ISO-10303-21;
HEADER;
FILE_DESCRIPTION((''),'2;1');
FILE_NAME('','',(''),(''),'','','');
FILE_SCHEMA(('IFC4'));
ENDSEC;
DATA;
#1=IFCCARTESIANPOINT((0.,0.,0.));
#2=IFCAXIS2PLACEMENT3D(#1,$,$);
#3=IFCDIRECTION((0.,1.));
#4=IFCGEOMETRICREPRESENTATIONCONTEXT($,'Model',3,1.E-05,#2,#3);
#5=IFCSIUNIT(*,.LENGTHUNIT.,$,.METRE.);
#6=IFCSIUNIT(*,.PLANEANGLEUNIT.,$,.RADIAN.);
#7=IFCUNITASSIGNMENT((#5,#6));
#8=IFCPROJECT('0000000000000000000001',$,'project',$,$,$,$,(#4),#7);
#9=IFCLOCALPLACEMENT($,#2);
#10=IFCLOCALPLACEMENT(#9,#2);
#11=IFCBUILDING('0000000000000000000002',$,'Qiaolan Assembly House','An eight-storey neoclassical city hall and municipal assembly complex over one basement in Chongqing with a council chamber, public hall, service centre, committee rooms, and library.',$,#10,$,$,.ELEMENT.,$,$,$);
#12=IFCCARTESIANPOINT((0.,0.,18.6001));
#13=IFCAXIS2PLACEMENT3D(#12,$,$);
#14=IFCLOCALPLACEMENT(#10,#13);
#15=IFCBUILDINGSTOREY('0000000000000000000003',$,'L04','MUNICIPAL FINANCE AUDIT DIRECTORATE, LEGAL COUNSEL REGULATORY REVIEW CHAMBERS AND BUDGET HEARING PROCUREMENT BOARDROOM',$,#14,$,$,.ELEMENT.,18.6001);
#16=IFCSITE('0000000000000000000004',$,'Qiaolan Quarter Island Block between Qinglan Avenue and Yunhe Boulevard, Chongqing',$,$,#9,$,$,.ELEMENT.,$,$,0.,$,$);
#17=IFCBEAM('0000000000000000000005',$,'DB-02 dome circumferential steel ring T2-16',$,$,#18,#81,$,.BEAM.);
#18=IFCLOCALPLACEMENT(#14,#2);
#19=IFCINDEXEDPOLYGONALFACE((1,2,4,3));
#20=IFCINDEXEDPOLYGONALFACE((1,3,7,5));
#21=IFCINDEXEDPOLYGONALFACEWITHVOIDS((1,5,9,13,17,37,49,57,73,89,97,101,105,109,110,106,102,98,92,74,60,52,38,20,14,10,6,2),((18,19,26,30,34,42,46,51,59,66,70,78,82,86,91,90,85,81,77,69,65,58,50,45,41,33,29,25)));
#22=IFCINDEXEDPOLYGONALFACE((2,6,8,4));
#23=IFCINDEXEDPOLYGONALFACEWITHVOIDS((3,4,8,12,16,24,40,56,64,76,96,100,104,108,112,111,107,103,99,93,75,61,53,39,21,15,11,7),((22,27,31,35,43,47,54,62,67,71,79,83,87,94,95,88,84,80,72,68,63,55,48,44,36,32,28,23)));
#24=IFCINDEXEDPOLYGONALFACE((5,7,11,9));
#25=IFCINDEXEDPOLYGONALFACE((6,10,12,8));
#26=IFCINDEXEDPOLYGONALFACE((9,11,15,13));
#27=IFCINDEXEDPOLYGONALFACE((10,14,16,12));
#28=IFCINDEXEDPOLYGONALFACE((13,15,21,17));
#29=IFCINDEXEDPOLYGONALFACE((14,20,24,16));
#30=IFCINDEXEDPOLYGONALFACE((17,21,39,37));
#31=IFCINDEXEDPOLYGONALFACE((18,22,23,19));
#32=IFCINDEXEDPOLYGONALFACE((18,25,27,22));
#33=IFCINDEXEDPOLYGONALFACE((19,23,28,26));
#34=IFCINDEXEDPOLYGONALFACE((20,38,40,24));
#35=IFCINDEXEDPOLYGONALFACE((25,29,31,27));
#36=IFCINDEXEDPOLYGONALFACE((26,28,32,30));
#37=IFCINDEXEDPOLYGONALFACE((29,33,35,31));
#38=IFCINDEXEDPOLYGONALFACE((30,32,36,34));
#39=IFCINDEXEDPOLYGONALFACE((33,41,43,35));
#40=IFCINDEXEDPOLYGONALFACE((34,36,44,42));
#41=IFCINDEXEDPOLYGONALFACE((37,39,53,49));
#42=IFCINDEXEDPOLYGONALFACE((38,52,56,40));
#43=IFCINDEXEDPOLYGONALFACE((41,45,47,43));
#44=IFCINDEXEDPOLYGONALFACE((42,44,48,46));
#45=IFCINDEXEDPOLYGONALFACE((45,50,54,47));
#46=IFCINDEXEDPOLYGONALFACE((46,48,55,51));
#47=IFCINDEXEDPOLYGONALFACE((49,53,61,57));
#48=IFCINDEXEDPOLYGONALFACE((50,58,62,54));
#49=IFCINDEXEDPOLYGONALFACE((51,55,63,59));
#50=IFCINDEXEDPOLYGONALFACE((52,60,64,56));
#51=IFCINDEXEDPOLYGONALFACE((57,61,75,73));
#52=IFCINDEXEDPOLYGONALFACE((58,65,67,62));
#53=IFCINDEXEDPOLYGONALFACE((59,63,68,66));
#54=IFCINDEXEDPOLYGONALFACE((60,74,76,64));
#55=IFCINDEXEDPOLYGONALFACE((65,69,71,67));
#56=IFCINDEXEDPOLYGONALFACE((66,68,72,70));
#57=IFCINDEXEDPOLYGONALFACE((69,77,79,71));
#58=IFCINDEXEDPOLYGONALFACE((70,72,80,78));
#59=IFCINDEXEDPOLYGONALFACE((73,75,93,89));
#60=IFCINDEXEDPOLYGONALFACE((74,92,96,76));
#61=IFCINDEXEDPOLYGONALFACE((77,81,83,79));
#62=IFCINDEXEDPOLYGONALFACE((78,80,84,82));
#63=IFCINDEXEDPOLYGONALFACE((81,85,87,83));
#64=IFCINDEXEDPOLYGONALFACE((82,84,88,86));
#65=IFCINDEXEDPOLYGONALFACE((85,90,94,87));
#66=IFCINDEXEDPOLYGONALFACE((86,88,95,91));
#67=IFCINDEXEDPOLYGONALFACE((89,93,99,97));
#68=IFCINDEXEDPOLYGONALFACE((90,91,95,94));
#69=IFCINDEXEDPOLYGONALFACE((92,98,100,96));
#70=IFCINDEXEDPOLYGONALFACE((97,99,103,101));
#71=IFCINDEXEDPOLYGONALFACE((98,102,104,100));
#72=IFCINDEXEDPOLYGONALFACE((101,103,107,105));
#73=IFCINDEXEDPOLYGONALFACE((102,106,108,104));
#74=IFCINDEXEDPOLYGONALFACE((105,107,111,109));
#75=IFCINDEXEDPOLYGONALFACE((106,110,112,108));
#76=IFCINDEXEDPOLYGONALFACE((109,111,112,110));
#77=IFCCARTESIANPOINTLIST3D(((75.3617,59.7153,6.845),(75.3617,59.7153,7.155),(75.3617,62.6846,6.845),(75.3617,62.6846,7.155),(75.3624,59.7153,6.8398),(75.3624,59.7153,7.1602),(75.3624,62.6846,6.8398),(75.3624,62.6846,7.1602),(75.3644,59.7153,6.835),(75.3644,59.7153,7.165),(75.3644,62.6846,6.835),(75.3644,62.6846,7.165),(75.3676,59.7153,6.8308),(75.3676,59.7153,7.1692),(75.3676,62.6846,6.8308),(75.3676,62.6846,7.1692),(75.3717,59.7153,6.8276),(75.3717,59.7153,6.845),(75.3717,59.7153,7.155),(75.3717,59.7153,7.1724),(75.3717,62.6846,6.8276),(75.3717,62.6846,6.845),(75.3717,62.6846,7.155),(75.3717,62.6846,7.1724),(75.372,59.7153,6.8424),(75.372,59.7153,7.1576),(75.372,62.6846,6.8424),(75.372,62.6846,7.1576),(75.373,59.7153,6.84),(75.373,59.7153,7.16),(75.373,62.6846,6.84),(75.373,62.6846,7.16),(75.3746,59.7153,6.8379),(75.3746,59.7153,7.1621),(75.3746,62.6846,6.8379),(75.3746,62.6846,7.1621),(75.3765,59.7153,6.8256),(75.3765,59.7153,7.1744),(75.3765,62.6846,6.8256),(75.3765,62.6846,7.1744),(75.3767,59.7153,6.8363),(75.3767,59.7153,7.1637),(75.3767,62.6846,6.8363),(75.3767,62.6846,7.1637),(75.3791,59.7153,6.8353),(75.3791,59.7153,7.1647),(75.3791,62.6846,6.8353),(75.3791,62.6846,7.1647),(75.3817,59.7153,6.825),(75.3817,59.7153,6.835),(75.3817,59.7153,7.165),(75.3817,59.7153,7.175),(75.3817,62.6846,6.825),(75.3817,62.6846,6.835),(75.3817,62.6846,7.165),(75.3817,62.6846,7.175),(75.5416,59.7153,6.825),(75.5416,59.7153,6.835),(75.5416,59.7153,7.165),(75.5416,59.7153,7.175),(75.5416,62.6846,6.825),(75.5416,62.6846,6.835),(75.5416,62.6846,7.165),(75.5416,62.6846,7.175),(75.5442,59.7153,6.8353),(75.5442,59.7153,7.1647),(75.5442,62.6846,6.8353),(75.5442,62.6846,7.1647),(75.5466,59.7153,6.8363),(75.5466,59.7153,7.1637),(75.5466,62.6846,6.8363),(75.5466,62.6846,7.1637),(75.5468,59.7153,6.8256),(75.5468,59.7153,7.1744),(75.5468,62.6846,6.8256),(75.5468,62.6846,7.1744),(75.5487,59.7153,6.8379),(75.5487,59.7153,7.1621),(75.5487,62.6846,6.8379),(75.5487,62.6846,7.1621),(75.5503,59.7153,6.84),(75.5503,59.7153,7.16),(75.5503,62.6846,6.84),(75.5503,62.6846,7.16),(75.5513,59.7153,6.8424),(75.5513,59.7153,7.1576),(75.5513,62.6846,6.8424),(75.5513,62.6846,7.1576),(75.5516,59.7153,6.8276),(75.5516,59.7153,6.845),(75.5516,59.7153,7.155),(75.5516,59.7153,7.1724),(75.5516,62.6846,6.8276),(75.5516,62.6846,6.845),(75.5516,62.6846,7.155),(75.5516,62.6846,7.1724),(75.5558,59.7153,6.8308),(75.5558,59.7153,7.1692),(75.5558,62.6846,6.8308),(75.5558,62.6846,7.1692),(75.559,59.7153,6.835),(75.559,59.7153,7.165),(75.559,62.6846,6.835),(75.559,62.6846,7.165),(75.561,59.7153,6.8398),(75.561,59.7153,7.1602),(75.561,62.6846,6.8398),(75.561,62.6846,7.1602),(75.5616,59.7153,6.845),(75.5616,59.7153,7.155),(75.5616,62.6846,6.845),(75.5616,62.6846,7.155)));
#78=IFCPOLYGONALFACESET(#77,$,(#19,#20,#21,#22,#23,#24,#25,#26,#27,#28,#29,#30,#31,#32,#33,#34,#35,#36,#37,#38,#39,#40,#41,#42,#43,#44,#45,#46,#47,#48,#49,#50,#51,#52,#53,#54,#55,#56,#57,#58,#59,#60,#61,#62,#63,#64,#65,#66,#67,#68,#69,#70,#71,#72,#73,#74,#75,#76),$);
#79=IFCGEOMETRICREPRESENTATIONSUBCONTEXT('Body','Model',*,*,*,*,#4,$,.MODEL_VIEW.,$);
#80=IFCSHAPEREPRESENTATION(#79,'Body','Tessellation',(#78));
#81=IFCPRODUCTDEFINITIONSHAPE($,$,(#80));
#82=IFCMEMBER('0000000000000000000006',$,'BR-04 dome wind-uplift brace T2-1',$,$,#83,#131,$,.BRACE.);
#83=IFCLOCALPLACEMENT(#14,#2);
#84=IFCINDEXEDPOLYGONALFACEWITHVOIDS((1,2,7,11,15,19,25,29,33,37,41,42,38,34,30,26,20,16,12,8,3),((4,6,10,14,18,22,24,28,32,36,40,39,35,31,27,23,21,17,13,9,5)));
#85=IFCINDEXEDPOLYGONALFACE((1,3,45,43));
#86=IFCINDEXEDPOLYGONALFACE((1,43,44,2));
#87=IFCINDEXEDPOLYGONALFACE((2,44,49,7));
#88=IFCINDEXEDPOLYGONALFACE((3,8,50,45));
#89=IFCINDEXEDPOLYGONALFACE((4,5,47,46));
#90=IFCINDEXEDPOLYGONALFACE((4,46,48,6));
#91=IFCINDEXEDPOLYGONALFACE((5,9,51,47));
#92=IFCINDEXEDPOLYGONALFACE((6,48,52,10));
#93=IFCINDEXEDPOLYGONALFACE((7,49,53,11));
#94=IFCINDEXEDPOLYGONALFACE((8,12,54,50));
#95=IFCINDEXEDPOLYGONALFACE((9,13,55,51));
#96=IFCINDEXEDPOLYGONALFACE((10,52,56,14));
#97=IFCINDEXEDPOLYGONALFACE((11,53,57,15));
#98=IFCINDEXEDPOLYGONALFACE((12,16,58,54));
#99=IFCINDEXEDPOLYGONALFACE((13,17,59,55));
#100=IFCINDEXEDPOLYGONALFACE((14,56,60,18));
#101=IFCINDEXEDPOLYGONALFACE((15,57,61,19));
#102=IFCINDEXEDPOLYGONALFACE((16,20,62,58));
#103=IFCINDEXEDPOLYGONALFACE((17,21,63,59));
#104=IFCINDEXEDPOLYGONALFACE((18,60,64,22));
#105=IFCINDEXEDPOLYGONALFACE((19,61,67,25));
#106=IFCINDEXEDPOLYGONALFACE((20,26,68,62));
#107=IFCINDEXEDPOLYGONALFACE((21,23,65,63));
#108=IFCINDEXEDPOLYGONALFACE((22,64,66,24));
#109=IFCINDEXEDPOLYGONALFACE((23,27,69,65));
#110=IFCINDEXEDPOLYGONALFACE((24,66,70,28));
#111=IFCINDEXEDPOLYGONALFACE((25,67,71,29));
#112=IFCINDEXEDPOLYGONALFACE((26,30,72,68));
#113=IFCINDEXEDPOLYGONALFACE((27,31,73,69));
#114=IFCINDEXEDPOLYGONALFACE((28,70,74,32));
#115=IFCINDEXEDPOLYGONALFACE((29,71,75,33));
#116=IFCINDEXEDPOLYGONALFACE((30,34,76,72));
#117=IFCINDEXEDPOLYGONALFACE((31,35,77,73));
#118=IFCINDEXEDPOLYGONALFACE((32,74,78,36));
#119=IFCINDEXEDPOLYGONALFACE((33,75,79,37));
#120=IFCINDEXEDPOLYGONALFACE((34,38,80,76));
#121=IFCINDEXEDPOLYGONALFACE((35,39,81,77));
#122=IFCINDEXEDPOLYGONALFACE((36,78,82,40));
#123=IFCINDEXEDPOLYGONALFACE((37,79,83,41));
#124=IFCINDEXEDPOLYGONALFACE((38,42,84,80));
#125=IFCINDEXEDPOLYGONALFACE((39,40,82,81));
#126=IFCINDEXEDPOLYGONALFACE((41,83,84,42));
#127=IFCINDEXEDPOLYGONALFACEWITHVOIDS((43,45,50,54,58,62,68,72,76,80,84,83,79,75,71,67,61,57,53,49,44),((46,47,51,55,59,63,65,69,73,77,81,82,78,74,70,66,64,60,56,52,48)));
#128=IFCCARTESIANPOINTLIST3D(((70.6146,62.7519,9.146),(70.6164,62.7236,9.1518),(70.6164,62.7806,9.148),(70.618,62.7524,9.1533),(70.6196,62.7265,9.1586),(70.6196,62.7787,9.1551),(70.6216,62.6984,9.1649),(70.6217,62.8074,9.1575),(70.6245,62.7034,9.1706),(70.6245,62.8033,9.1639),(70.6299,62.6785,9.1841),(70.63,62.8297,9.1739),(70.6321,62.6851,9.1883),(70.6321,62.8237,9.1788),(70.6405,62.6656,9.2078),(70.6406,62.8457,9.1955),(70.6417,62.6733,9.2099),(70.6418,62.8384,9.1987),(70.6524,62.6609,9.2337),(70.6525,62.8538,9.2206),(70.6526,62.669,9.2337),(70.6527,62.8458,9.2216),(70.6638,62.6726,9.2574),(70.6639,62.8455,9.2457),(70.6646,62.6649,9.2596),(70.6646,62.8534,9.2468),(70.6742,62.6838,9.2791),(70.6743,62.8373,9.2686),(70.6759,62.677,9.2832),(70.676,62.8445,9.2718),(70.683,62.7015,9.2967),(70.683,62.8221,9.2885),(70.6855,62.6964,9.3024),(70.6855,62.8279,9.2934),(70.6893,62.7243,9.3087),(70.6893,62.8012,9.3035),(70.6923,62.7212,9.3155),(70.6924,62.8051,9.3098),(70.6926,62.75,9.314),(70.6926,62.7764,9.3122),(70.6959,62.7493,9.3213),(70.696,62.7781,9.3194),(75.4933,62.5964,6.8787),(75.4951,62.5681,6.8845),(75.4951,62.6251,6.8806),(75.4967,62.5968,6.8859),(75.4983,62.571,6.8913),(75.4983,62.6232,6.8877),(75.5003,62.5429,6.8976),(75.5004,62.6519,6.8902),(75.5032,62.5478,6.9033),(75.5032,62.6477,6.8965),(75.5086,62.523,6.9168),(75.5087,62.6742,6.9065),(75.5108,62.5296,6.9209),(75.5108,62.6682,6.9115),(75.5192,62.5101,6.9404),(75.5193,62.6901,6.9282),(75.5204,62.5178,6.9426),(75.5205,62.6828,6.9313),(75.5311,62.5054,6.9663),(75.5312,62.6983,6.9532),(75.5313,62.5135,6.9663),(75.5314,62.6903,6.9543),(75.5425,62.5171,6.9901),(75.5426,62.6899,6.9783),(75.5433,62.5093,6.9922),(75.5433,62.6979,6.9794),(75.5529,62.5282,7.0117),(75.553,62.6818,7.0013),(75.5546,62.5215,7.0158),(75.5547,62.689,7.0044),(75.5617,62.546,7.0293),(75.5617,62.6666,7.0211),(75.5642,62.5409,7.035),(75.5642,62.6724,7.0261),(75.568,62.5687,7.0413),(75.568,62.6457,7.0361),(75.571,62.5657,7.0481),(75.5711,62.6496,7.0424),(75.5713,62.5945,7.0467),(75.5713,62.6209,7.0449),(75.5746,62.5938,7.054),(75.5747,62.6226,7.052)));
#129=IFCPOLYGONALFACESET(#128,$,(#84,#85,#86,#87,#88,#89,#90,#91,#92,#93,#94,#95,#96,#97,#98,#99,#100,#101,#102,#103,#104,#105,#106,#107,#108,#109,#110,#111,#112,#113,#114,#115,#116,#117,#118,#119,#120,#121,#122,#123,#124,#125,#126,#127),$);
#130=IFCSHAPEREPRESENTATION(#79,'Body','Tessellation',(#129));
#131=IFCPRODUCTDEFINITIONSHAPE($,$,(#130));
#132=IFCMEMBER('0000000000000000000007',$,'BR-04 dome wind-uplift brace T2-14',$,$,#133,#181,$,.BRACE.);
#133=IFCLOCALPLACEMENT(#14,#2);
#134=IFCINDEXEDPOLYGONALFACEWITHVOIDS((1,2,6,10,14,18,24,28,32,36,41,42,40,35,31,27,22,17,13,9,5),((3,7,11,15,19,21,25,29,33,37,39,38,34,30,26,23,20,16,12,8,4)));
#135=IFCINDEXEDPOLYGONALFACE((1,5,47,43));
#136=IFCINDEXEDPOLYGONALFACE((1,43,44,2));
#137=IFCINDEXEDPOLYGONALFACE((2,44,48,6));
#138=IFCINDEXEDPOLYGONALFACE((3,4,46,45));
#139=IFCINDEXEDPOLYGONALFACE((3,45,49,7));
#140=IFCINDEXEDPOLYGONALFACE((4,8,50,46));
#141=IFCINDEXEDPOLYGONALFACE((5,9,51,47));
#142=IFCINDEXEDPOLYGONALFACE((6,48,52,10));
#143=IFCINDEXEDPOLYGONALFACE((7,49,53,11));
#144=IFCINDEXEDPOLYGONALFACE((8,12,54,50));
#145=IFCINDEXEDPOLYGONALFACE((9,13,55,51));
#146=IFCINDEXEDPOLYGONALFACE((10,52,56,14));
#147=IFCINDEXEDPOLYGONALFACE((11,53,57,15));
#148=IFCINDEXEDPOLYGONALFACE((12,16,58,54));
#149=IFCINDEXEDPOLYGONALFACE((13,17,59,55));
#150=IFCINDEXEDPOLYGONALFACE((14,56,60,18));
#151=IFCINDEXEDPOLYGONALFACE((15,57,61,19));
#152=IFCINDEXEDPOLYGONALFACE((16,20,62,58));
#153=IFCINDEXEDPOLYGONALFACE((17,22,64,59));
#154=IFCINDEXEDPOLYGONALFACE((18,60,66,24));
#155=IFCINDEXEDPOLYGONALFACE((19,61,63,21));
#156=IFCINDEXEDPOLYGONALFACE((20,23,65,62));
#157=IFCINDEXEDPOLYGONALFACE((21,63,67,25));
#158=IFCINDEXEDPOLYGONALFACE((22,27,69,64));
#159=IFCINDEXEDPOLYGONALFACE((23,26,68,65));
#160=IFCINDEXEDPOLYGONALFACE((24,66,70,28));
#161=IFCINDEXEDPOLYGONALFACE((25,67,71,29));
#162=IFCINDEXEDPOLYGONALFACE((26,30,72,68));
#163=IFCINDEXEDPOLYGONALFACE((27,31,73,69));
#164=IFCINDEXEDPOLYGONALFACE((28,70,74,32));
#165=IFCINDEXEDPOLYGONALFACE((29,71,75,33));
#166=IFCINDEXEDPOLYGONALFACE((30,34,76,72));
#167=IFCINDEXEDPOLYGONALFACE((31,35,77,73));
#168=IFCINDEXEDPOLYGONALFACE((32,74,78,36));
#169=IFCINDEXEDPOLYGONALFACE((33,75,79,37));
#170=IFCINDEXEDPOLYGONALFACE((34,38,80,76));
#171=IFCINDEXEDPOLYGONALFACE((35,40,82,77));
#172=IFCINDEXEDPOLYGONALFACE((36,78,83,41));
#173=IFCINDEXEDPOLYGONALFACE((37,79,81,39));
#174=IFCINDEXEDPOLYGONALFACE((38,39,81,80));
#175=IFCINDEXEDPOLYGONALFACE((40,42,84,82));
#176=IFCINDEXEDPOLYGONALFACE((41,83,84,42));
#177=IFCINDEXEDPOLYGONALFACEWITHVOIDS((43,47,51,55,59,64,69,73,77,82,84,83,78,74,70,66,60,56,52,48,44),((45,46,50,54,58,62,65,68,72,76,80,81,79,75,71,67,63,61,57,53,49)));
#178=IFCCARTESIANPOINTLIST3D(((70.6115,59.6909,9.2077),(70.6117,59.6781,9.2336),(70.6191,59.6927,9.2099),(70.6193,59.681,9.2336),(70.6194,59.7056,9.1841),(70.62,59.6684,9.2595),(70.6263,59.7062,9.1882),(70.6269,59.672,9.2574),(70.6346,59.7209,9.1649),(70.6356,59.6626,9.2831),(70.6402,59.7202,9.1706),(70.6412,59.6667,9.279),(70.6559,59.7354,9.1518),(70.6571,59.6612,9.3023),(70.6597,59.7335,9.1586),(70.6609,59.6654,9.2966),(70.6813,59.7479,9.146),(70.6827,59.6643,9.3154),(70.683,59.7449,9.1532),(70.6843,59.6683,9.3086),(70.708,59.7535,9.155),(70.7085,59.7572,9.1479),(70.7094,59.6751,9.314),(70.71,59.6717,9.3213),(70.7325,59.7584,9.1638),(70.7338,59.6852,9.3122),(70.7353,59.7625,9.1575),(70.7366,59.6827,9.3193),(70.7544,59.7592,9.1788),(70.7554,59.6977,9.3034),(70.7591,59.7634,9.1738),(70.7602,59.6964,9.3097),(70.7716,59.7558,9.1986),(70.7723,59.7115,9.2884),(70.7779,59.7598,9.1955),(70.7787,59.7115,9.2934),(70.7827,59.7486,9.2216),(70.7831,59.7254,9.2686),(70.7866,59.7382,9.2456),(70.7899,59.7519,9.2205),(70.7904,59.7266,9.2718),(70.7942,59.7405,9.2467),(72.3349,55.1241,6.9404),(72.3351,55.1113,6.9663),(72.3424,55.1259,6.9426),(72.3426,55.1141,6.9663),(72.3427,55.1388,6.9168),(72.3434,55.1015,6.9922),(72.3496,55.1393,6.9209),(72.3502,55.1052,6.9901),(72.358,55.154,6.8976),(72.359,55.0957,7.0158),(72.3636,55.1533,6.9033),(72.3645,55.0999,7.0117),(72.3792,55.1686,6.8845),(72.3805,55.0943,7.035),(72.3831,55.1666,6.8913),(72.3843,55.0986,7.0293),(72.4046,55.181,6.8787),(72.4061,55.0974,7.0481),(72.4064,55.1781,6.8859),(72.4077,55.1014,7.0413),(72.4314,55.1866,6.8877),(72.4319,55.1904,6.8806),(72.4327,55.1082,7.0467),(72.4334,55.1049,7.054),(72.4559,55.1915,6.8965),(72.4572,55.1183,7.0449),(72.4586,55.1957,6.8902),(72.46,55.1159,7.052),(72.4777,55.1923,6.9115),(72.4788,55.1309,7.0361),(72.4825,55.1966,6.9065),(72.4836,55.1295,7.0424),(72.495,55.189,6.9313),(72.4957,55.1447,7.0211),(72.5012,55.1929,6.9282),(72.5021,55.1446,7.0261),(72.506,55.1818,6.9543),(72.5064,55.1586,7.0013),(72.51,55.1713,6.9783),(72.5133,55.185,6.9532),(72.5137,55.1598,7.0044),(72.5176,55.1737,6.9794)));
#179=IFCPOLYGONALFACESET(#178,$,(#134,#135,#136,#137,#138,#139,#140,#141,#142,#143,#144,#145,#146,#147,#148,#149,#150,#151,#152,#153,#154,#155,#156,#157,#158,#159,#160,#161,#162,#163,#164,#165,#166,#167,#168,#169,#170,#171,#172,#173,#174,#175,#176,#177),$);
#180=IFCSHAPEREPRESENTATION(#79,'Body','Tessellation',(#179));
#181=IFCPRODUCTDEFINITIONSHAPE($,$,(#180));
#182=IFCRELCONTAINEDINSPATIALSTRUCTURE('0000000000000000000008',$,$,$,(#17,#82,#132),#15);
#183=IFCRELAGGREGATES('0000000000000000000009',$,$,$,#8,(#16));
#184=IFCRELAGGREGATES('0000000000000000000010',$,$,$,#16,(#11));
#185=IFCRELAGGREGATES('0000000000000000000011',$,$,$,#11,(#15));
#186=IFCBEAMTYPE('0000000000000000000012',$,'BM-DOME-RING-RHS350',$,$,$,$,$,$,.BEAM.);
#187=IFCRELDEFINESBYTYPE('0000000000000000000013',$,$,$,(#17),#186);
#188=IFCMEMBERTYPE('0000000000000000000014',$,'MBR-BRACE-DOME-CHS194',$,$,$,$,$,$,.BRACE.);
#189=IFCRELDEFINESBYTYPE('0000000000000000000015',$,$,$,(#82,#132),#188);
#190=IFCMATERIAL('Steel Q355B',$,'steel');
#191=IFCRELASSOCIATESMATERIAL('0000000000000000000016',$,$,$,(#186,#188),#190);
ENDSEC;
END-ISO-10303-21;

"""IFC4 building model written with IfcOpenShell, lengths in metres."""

from ifc_helpers import new_model, si_unit, direction, frame, origin, origin_2d, place, context, subcontext, project, spatial, hollow_rectangle, hollow_circle, extrude, material, material_profile, profile_set, type_object, element, save


model = new_model("IFC4")

# Units and contexts
model_context = context("Model", 3, precision=1e-05, world=origin(), true_north=direction((0.0, 1.0)))
body_context = subcontext(model_context, "Body", "Model", "MODEL_VIEW")
ifc_project = project(units=[si_unit("LENGTHUNIT", "METRE"), si_unit("PLANEANGLEUNIT", "RADIAN")], contexts=[model_context])

# Site, building, storey
site_placement = place(None, origin())
site = spatial("IfcSite", under=ifc_project, at=site_placement, Name="Qiaolan Quarter Island Block between Qinglan Avenue and Yunhe Boulevard, Chongqing", CompositionType="ELEMENT", RefElevation=0.0)
building_placement = place(site_placement, origin())
building = spatial("IfcBuilding", under=site, at=building_placement, Name="Qiaolan Assembly House", Description="An eight-storey neoclassical city hall and municipal assembly complex over one basement in Chongqing with a council chamber, public hall, service centre, committee rooms, and library.", CompositionType="ELEMENT")
storey_placement = place(building_placement, frame((0.0, 0.0, 18.6001)))
storey = spatial("IfcBuildingStorey", under=building, at=storey_placement, Name="L04", Description="MUNICIPAL FINANCE AUDIT DIRECTORATE, LEGAL COUNSEL REGULATORY REVIEW CHAMBERS AND BUDGET HEARING PROCUREMENT BOARDROOM", CompositionType="ELEMENT", Elevation=18.6001)

# Beam
ifc_material_1 = material(Name="Steel Q355B", Category="steel")
ifc_material_profile_1 = material_profile(ifc_material_1, hollow_rectangle(XDim=0.2, YDim=0.3501, WallThickness=0.01, InnerFilletRadius=0.01, OuterFilletRadius=0.02, at=origin_2d()), Name="RHS 350x200x10")
ifc_profile_set_1 = profile_set([ifc_material_profile_1], Name="Steel Q355B")
beam_type = type_object("IfcBeamType", Name="BM-DOME-RING-RHS350", PredefinedType="BEAM", material=ifc_profile_set_1)
for number, where, z_axis, x_axis, name in (
    (1, (75.4617, 59.7153, 7.0), (0.0, 1.0, 0.0), (-1.0, 0.0, 0.0), "DB-02 dome circumferential steel ring T2-16"),
):
    element("IfcBeam", number, at=place(storey_placement, frame(where, z_axis=z_axis, x_axis=x_axis)), inside=storey, type_object=beam_type, Name=name, PredefinedType="BEAM", context=body_context, shape_type="SweptSolid", body=[
        extrude(hollow_rectangle(XDim=0.2, YDim=0.3501, WallThickness=0.01, InnerFilletRadius=0.01, OuterFilletRadius=0.02, at=origin_2d()), origin(), (0.0, 0.0, 1.0), 2.9692),
    ])

# Members
ifc_material_profile_2 = material_profile(ifc_material_1, hollow_circle(Radius=0.0969, WallThickness=0.0081, at=origin_2d()), Name="CHS 194x8")
ifc_profile_set_2 = profile_set([ifc_material_profile_2], Name="Steel Q355B")
member_type_1 = type_object("IfcMemberType", Name="MBR-BRACE-DOME-CHS194", PredefinedType="BRACE", material=ifc_profile_set_2)
for number, where, z_axis, x_axis, name in (
    (2, (75.5342, 62.6023, 6.9663), (-0.906471, 0.028896, 0.421278), (-0.031861, -0.999492, 0.0), "BR-04 dome wind-uplift brace T2-1"),
    (3, (72.4258, 55.1455, 6.9663), (-0.320205, 0.848528, 0.42127), (-0.9356, -0.353063, 0.0), "BR-04 dome wind-uplift brace T2-14"),
):
    element("IfcMember", number, at=place(storey_placement, frame(where, z_axis=z_axis, x_axis=x_axis)), inside=storey, type_object=member_type_1, Name=name, PredefinedType="BRACE", context=body_context, shape_type="SweptSolid", body=[
        extrude(hollow_circle(Radius=0.0969, WallThickness=0.0081, at=origin_2d()), origin(), (0.0, 0.0, 1.0), 5.3821),
    ])

save(model, "model.ifc")
